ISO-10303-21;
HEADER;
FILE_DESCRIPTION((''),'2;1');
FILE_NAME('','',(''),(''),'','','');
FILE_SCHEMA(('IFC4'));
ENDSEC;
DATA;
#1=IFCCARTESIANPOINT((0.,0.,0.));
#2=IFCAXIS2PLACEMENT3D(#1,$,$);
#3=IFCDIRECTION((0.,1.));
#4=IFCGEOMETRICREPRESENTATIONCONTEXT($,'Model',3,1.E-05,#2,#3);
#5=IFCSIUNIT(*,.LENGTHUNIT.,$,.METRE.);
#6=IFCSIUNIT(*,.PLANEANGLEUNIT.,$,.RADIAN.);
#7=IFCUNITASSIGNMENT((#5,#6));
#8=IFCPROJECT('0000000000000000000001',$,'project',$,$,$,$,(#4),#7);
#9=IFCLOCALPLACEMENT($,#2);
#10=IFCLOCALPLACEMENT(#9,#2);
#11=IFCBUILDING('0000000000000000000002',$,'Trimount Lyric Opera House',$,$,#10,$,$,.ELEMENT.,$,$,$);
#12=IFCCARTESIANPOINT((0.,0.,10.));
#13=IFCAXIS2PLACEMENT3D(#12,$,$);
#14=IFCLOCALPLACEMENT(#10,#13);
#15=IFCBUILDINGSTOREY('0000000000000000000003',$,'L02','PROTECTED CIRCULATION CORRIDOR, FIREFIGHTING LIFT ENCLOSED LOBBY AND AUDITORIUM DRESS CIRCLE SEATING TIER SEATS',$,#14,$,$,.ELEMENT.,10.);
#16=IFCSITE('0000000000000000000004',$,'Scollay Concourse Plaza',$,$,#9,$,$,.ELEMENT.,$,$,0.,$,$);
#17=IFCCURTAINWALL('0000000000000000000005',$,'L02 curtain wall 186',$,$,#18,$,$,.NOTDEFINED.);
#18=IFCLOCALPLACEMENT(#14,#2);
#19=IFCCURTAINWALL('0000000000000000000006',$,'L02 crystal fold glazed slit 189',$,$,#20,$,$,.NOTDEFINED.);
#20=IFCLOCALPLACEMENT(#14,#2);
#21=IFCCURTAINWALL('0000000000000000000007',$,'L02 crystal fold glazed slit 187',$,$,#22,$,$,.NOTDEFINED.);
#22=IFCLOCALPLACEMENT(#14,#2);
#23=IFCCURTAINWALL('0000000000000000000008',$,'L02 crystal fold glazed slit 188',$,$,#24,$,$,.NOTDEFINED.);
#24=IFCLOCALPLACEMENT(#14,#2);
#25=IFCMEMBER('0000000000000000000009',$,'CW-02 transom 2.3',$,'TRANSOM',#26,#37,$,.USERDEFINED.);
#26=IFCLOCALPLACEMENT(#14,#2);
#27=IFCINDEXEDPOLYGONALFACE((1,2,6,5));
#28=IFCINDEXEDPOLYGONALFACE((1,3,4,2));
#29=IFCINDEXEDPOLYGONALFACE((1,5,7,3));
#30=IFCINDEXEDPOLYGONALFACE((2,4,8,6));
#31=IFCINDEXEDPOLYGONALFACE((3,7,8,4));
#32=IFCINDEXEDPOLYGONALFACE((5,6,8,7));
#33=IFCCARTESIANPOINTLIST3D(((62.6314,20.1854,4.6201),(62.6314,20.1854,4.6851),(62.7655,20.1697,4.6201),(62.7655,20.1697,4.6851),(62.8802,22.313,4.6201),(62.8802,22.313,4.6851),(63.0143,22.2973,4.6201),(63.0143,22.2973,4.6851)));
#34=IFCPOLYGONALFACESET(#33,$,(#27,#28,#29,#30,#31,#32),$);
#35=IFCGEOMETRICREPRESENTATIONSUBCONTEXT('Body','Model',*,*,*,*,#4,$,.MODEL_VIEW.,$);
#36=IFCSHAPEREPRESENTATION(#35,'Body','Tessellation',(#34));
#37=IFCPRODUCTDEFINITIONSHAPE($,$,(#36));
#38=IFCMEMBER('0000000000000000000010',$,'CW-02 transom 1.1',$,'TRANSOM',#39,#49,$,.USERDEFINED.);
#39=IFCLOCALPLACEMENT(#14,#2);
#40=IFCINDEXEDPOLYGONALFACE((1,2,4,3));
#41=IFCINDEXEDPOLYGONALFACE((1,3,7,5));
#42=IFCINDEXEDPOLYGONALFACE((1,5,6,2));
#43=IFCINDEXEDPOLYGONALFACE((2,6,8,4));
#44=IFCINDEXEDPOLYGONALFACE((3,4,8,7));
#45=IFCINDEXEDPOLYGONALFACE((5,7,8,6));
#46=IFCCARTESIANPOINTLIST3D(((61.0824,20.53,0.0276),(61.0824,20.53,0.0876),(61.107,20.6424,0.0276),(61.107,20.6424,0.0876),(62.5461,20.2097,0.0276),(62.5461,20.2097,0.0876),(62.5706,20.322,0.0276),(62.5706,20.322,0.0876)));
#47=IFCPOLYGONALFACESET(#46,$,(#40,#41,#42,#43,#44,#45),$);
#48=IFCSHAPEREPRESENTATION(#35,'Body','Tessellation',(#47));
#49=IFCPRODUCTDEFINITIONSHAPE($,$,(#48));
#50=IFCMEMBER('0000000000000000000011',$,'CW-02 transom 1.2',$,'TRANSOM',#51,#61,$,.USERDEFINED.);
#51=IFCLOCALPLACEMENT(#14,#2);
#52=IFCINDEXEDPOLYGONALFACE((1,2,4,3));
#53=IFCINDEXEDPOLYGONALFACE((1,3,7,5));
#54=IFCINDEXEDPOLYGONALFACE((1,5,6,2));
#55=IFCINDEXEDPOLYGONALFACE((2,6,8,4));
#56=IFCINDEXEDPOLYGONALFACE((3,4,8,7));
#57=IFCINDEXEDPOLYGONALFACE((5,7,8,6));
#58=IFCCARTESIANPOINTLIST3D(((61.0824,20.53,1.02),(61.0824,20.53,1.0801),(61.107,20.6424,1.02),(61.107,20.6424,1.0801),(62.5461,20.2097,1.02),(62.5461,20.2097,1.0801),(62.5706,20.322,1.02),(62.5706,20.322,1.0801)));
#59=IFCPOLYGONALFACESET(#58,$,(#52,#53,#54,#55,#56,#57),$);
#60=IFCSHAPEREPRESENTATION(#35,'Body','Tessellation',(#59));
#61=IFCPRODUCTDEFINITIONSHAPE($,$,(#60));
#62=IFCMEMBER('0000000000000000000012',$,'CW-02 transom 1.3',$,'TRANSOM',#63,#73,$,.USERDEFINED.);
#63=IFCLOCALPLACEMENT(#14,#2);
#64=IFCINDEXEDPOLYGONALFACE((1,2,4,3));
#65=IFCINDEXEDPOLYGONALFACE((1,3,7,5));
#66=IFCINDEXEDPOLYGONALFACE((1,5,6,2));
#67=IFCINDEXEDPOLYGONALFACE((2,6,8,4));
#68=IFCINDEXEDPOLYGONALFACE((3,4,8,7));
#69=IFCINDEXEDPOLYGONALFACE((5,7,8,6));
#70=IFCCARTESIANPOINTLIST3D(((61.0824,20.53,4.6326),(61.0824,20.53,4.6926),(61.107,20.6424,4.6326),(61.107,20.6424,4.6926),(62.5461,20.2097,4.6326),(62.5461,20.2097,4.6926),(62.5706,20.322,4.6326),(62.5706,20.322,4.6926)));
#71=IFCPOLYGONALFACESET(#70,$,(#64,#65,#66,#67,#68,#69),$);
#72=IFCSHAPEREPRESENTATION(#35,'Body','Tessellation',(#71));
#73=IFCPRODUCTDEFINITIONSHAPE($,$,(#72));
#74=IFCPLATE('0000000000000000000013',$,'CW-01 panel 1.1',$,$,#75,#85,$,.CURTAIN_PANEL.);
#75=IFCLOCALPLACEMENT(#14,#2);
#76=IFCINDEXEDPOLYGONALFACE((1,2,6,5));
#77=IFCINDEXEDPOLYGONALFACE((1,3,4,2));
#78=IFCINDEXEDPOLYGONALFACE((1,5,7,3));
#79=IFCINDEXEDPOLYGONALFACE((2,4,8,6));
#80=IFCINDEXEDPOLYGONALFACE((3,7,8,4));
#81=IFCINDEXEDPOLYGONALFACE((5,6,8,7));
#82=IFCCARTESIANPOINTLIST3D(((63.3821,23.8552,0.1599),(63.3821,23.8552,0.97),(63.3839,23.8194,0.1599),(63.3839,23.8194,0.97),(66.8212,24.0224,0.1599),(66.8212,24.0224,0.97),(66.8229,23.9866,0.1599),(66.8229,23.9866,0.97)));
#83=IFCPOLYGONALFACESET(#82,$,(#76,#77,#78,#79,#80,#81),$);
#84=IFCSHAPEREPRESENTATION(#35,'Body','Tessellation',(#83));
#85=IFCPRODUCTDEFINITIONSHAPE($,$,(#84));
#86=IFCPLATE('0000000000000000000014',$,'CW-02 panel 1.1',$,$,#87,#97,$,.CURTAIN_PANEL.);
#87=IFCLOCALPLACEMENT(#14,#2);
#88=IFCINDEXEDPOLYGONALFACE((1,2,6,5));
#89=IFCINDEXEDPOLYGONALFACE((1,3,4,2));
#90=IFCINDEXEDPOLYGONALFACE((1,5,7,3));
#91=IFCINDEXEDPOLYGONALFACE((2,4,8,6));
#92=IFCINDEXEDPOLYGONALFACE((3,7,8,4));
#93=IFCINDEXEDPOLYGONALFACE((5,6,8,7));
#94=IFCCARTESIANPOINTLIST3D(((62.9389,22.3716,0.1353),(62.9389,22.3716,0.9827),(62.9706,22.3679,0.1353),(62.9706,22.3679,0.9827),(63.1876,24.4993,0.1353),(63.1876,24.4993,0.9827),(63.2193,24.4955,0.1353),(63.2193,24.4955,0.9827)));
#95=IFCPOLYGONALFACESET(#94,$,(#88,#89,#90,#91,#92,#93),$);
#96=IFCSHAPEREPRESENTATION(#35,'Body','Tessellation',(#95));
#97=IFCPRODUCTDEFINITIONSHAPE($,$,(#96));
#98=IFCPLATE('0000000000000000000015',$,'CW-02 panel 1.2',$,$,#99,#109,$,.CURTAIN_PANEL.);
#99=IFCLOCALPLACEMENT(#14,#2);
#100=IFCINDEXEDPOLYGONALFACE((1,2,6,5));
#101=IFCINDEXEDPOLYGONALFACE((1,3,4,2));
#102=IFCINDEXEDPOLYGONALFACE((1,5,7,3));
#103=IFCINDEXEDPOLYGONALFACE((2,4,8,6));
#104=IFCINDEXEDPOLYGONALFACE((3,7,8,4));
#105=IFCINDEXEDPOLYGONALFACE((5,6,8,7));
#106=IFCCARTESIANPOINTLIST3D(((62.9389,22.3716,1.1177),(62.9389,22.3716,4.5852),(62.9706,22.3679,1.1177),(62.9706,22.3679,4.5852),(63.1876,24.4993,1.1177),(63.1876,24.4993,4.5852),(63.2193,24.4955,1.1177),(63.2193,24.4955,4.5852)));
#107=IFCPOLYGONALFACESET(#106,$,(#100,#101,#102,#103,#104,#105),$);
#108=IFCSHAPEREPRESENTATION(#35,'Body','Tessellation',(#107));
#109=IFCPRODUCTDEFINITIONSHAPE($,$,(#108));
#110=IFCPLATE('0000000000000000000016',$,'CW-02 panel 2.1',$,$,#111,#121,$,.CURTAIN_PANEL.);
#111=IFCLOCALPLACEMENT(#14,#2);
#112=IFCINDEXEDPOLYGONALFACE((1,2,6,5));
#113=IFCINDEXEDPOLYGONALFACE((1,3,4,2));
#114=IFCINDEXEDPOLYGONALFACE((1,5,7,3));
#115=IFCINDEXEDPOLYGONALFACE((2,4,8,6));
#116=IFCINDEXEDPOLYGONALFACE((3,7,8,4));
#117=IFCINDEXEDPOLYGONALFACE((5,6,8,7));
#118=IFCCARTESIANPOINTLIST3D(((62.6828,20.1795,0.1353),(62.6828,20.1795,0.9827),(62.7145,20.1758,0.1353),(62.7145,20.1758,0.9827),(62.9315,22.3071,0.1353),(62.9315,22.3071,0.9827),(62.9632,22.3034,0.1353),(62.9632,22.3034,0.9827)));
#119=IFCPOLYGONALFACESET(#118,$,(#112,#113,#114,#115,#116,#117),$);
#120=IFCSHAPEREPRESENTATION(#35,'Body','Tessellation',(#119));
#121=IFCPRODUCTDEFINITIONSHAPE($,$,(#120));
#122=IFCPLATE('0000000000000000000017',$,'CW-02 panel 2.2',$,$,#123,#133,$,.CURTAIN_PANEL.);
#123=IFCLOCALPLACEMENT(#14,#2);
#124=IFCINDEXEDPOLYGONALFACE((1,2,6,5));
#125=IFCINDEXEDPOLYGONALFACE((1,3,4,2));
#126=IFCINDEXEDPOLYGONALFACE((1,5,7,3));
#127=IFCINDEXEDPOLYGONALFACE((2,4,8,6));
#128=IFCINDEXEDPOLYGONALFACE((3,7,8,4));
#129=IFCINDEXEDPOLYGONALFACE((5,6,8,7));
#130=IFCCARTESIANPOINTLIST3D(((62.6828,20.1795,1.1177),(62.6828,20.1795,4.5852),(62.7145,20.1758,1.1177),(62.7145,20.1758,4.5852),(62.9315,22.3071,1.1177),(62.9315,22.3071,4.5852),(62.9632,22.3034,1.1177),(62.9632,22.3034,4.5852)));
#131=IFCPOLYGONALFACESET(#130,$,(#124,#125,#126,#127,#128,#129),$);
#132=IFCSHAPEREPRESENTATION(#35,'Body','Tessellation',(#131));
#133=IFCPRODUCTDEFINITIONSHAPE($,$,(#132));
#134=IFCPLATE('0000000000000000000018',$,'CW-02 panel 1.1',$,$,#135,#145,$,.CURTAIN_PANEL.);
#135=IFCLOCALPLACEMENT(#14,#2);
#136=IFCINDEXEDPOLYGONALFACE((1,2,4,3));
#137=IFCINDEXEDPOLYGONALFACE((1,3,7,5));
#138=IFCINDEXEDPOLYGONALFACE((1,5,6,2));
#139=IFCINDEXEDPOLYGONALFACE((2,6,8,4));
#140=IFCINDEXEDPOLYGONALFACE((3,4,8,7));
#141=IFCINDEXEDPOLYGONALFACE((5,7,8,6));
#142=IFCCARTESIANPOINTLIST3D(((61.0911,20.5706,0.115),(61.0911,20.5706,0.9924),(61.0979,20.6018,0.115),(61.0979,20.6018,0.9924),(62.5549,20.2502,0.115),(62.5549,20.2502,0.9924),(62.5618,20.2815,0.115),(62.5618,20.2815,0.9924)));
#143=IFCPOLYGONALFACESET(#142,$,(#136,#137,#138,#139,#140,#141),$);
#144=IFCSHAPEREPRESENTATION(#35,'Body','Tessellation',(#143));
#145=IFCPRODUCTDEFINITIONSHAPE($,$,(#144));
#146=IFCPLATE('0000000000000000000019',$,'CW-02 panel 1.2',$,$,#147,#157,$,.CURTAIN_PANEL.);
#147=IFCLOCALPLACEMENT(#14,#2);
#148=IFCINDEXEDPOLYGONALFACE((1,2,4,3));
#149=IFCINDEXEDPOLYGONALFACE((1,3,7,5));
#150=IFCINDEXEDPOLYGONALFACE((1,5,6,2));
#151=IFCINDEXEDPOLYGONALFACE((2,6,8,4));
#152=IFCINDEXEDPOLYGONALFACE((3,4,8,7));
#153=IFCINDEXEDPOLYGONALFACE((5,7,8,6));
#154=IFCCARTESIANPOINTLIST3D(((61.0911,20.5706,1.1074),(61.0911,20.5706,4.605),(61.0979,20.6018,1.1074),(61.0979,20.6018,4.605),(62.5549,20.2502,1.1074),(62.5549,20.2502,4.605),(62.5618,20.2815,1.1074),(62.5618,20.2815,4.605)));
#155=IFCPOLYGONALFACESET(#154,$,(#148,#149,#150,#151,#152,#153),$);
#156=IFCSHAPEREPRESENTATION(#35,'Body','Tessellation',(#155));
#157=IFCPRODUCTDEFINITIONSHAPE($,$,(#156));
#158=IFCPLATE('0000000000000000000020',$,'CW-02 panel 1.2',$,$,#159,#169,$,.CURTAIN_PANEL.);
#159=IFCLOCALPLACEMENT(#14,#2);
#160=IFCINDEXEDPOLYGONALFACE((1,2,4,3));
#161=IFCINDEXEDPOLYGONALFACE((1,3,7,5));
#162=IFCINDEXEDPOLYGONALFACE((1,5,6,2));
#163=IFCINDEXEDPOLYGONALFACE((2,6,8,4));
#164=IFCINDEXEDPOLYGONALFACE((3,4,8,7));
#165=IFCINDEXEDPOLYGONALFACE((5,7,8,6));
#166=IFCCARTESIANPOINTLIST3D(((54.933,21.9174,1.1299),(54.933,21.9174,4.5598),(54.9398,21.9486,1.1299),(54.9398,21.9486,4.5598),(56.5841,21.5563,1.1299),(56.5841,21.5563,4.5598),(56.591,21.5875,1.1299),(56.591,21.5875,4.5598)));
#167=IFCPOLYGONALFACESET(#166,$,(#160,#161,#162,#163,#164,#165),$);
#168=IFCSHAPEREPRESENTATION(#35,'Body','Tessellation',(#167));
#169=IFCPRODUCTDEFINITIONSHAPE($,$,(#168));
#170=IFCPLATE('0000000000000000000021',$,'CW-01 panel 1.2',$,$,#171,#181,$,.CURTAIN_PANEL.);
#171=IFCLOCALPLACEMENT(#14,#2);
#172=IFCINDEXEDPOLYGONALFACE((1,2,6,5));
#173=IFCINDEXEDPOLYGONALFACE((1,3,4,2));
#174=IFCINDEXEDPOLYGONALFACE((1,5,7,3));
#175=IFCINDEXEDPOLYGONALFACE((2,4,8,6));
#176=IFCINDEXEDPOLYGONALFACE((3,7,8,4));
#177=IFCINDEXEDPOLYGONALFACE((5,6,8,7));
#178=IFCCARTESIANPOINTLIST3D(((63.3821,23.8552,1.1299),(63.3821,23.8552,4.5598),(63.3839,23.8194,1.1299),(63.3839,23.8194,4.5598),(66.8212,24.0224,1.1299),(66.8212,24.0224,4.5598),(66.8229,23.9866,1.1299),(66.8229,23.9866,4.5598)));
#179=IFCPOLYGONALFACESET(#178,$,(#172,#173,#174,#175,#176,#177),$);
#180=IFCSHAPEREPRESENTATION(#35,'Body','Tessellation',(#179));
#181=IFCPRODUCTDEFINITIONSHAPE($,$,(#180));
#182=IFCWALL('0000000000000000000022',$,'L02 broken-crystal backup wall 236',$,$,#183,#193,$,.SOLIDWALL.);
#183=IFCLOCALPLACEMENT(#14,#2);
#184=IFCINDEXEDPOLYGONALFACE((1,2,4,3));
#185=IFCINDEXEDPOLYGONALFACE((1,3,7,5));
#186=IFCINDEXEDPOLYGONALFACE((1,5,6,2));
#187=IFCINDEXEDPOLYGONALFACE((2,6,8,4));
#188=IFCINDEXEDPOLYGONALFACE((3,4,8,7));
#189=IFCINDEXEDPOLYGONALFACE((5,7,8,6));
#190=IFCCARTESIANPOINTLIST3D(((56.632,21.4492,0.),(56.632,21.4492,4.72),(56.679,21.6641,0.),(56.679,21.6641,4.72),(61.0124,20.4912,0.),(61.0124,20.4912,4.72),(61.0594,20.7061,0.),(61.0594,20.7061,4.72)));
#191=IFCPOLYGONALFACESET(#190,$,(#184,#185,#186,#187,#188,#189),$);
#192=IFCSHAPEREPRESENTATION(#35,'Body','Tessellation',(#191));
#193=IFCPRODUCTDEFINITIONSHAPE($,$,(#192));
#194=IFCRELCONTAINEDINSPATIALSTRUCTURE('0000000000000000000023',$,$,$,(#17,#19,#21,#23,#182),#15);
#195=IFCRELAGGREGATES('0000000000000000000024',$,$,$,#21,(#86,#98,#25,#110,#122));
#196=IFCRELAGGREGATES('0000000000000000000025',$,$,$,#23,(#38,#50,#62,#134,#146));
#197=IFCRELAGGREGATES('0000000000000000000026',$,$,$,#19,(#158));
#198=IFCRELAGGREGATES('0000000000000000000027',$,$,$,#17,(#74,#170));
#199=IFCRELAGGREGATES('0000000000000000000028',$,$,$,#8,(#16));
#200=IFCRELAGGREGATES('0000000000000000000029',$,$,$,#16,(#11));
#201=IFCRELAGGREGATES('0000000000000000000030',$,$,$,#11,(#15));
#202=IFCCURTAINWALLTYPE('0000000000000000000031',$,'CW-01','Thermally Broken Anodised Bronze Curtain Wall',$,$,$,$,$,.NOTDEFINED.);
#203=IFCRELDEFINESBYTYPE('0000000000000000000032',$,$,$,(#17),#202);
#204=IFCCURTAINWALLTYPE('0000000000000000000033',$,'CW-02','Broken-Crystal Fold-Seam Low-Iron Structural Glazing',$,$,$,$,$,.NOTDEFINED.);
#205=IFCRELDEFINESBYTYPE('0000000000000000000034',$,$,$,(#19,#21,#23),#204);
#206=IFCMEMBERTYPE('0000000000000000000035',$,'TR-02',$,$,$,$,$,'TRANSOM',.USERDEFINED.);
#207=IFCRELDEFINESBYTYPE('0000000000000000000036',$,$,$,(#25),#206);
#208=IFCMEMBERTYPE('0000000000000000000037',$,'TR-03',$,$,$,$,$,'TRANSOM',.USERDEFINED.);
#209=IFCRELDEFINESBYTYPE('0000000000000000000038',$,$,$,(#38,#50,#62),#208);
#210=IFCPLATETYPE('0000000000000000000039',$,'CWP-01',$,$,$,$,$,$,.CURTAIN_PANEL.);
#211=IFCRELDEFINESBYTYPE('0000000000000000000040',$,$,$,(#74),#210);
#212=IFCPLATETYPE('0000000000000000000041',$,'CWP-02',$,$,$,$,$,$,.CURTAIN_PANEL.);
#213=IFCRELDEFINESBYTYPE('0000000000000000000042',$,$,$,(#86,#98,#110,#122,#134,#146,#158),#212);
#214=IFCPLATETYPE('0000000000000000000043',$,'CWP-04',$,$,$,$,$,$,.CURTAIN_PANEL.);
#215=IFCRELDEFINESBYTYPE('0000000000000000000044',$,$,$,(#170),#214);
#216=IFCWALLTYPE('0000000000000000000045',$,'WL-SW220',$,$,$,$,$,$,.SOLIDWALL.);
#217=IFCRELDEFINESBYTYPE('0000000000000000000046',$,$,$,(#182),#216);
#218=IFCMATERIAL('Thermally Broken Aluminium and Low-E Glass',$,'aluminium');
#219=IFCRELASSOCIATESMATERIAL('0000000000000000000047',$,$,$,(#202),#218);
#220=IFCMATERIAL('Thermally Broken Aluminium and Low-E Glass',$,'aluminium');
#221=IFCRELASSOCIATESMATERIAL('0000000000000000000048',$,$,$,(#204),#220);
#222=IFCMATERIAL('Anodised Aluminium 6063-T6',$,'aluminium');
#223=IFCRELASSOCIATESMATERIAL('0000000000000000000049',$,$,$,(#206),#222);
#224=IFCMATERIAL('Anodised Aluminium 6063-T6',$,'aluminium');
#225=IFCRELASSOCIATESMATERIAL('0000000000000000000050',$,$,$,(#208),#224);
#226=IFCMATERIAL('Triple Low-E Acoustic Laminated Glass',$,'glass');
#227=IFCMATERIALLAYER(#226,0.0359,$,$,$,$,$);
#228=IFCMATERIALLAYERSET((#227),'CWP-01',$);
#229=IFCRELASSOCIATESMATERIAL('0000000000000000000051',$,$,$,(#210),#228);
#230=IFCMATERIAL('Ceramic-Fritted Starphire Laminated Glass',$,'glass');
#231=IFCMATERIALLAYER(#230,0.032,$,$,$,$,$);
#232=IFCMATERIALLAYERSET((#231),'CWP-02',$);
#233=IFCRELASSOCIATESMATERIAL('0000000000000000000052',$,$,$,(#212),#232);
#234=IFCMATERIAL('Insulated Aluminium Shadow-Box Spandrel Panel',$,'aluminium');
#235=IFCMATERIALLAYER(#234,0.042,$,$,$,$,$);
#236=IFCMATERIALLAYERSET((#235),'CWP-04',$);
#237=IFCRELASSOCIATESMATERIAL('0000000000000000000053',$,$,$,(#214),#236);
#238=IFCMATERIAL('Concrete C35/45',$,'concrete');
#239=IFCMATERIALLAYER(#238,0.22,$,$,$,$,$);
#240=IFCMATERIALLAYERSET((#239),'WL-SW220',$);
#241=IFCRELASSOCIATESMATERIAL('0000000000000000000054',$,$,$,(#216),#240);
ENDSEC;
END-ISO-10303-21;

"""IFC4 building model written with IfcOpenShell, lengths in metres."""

from ifc_helpers import new_model, si_unit, direction, frame, frame_2d, origin, origin_2d, place, context, subcontext, project, spatial, rectangle, extrude, material, layer, layer_set, material_profile, profile_set, type_object, element, aggregate, save


model = new_model("IFC4")

# Units and contexts
model_context = context("Model", 3, precision=1e-05, world=origin(), true_north=direction((0.0, 1.0)))
body_context = subcontext(model_context, "Body", "Model", "MODEL_VIEW")
ifc_project = project(units=[si_unit("LENGTHUNIT", "METRE"), si_unit("PLANEANGLEUNIT", "RADIAN")], contexts=[model_context])

# Site, building, storey
site_placement = place(None, origin())
site = spatial("IfcSite", under=ifc_project, at=site_placement, Name="Scollay Concourse Plaza", CompositionType="ELEMENT", RefElevation=0.0)
building_placement = place(site_placement, origin())
building = spatial("IfcBuilding", under=site, at=building_placement, Name="Trimount Lyric Opera House", CompositionType="ELEMENT")
storey_placement = place(building_placement, frame((0.0, 0.0, 10.0)))
storey = spatial("IfcBuildingStorey", under=building, at=storey_placement, Name="L02", Description="PROTECTED CIRCULATION CORRIDOR, FIREFIGHTING LIFT ENCLOSED LOBBY AND AUDITORIUM DRESS CIRCLE SEATING TIER SEATS", CompositionType="ELEMENT", Elevation=10.0)

# Curtain walls
ifc_material_1 = material(Name="Thermally Broken Aluminium and Low-E Glass", Category="aluminium")
curtain_wall_type_1 = type_object("IfcCurtainWallType", Name="CW-01", Description="Thermally Broken Anodised Bronze Curtain Wall", PredefinedType="NOTDEFINED", material=ifc_material_1)
curtain_wall_1_placement = place(storey_placement, origin())
curtain_wall_1 = element("IfcCurtainWall", 1, at=curtain_wall_1_placement, inside=storey, type_object=curtain_wall_type_1, Name="L02 curtain wall 186", PredefinedType="NOTDEFINED")
ifc_material_2 = material(Name="Thermally Broken Aluminium and Low-E Glass", Category="aluminium")
curtain_wall_type_2 = type_object("IfcCurtainWallType", Name="CW-02", Description="Broken-Crystal Fold-Seam Low-Iron Structural Glazing", PredefinedType="NOTDEFINED", material=ifc_material_2)
curtain_wall_2_placement = place(storey_placement, origin())
curtain_wall_2 = element("IfcCurtainWall", 2, at=curtain_wall_2_placement, inside=storey, type_object=curtain_wall_type_2, Name="L02 crystal fold glazed slit 189", PredefinedType="NOTDEFINED")

# Curtain walls
curtain_wall_3_placement = place(storey_placement, origin())
curtain_wall_3 = element("IfcCurtainWall", 3, at=curtain_wall_3_placement, inside=storey, type_object=curtain_wall_type_2, Name="L02 crystal fold glazed slit 187", PredefinedType="NOTDEFINED")
curtain_wall_4_placement = place(storey_placement, origin())
curtain_wall_4 = element("IfcCurtainWall", 4, at=curtain_wall_4_placement, inside=storey, type_object=curtain_wall_type_2, Name="L02 crystal fold glazed slit 188", PredefinedType="NOTDEFINED")

# Members
ifc_material_3 = material(Name="Anodised Aluminium 6063-T6", Category="aluminium")
ifc_material_profile_1 = material_profile(ifc_material_3, rectangle(XDim=0.135, YDim=0.0649, at=origin_2d()), Name="ALU-TRAN-65X135")
ifc_profile_set_1 = profile_set([ifc_material_profile_1], Name="Anodised Aluminium 6063-T6")
member_type_1 = type_object("IfcMemberType", Name="TR-02", ElementType="TRANSOM", PredefinedType="USERDEFINED", material=ifc_profile_set_1)
member_1_placement = place(storey_placement, frame((62.9473, 22.3052, 4.6526), z_axis=(-0.116134, -0.993234, 0.0), x_axis=(0.993234, -0.116134, 0.0)))
member_1 = element("IfcMember", 5, at=member_1_placement, type_object=member_type_1, Name="CW-02 transom 2.3", ObjectType="TRANSOM", PredefinedType="USERDEFINED", context=body_context, shape_type="SweptSolid", body=[
    extrude(rectangle(XDim=0.135, YDim=0.0649, at=origin_2d()), origin(), (0.0, 0.0, 1.0), 2.1421),
])
ifc_material_4 = material(Name="Anodised Aluminium 6063-T6", Category="aluminium")
ifc_material_profile_2 = material_profile(ifc_material_4, rectangle(XDim=0.115, YDim=0.0601, at=origin_2d()), Name="ALU-TRAN-60X115")
ifc_profile_set_2 = profile_set([ifc_material_profile_2], Name="Anodised Aluminium 6063-T6")
member_type_2 = type_object("IfcMemberType", Name="TR-03", ElementType="TRANSOM", PredefinedType="USERDEFINED", material=ifc_profile_set_2)
member_2_placement = place(storey_placement, frame((62.5583, 20.2659, 0.0576), z_axis=(-0.97688, 0.213789, 0.0), x_axis=(-0.213789, -0.97688, 0.0)))
member_2 = element("IfcMember", 6, at=member_2_placement, type_object=member_type_2, Name="CW-02 transom 1.1", ObjectType="TRANSOM", PredefinedType="USERDEFINED", context=body_context, shape_type="SweptSolid", body=[
    extrude(rectangle(XDim=0.115, YDim=0.0601, at=origin_2d()), origin(), (0.0, 0.0, 1.0), 1.4983),
])
member_3_placement = place(storey_placement, frame((62.5583, 20.2659, 1.05), z_axis=(-0.97688, 0.213789, 0.0), x_axis=(-0.213789, -0.97688, 0.0)))
member_3 = element("IfcMember", 7, at=member_3_placement, type_object=member_type_2, Name="CW-02 transom 1.2", ObjectType="TRANSOM", PredefinedType="USERDEFINED", context=body_context, shape_type="SweptSolid", body=[
    extrude(rectangle(XDim=0.115, YDim=0.0601, at=origin_2d()), origin(), (0.0, 0.0, 1.0), 1.4983),
])
member_4_placement = place(storey_placement, frame((62.5583, 20.2659, 4.6626), z_axis=(-0.97688, 0.213789, 0.0), x_axis=(-0.213789, -0.97688, 0.0)))
member_4 = element("IfcMember", 8, at=member_4_placement, type_object=member_type_2, Name="CW-02 transom 1.3", ObjectType="TRANSOM", PredefinedType="USERDEFINED", context=body_context, shape_type="SweptSolid", body=[
    extrude(rectangle(XDim=0.115, YDim=0.0601, at=origin_2d()), origin(), (0.0, 0.0, 1.0), 1.4983),
])

# Plates
ifc_material_5 = material(Name="Triple Low-E Acoustic Laminated Glass", Category="glass")
ifc_layer_1 = layer(ifc_material_5, 0.0359)
ifc_layer_set_1 = layer_set([ifc_layer_1], Name="CWP-01")
plate_type_1 = type_object("IfcPlateType", Name="CWP-01", PredefinedType="CURTAIN_PANEL", material=ifc_layer_set_1)
plate_1_placement = place(storey_placement, frame((65.1025, 23.9209, 0.1599), z_axis=(0.0, 0.0, 1.0), x_axis=(-0.99882, -0.04856, 0.0)))
plate_1 = element("IfcPlate", 9, at=plate_1_placement, type_object=plate_type_1, Name="CW-01 panel 1.1", PredefinedType="CURTAIN_PANEL", context=body_context, shape_type="SweptSolid", body=[
    extrude(rectangle(XDim=3.4431, YDim=0.0359, at=origin_2d()), origin(), (0.0, 0.0, 1.0), 0.8101),
])
ifc_material_6 = material(Name="Ceramic-Fritted Starphire Laminated Glass", Category="glass")
ifc_layer_2 = layer(ifc_material_6, 0.032)
ifc_layer_set_2 = layer_set([ifc_layer_2], Name="CWP-02")
plate_type_2 = type_object("IfcPlateType", Name="CWP-02", PredefinedType="CURTAIN_PANEL", material=ifc_layer_set_2)
plate_2_placement = place(storey_placement, frame((63.0791, 23.4336, 0.1353), z_axis=(0.0, 0.0, 1.0), x_axis=(-0.11609, -0.993239, 0.0)))
plate_2 = element("IfcPlate", 10, at=plate_2_placement, type_object=plate_type_2, Name="CW-02 panel 1.1", PredefinedType="CURTAIN_PANEL", context=body_context, shape_type="SweptSolid", body=[
    extrude(rectangle(XDim=2.1421, YDim=0.032, at=origin_2d()), origin(), (0.0, 0.0, 1.0), 0.8474),
])
plate_3_placement = place(storey_placement, frame((63.0791, 23.4336, 1.1177), z_axis=(0.0, 0.0, 1.0), x_axis=(-0.11609, -0.993239, 0.0)))
plate_3 = element("IfcPlate", 11, at=plate_3_placement, type_object=plate_type_2, Name="CW-02 panel 1.2", PredefinedType="CURTAIN_PANEL", context=body_context, shape_type="SweptSolid", body=[
    extrude(rectangle(XDim=2.1421, YDim=0.032, at=origin_2d()), origin(), (0.0, 0.0, 1.0), 3.4675),
])
plate_4_placement = place(storey_placement, frame((62.823, 21.2415, 0.1353), z_axis=(0.0, 0.0, 1.0), x_axis=(-0.11609, -0.993239, 0.0)))
plate_4 = element("IfcPlate", 12, at=plate_4_placement, type_object=plate_type_2, Name="CW-02 panel 2.1", PredefinedType="CURTAIN_PANEL", context=body_context, shape_type="SweptSolid", body=[
    extrude(rectangle(XDim=2.1421, YDim=0.032, at=origin_2d()), origin(), (0.0, 0.0, 1.0), 0.8474),
])
plate_5_placement = place(storey_placement, frame((62.823, 21.2415, 1.1177), z_axis=(0.0, 0.0, 1.0), x_axis=(-0.11609, -0.993239, 0.0)))
plate_5 = element("IfcPlate", 13, at=plate_5_placement, type_object=plate_type_2, Name="CW-02 panel 2.2", PredefinedType="CURTAIN_PANEL", context=body_context, shape_type="SweptSolid", body=[
    extrude(rectangle(XDim=2.1421, YDim=0.032, at=origin_2d()), origin(), (0.0, 0.0, 1.0), 3.4675),
])
aggregate(curtain_wall_3, [plate_2, plate_3, member_1, plate_4, plate_5])
plate_6_placement = place(storey_placement, frame((61.8264, 20.426, 0.115), z_axis=(0.0, 0.0, 1.0), x_axis=(-0.97688, 0.213789, 0.0)))
plate_6 = element("IfcPlate", 14, at=plate_6_placement, type_object=plate_type_2, Name="CW-02 panel 1.1", PredefinedType="CURTAIN_PANEL", context=body_context, shape_type="SweptSolid", body=[
    extrude(rectangle(XDim=1.4985, YDim=0.032, at=origin_2d()), origin(), (0.0, 0.0, 1.0), 0.8774),
])
plate_7_placement = place(storey_placement, frame((61.8264, 20.426, 1.1074), z_axis=(0.0, 0.0, 1.0), x_axis=(-0.97688, 0.213789, 0.0)))
plate_7 = element("IfcPlate", 15, at=plate_7_placement, type_object=plate_type_2, Name="CW-02 panel 1.2", PredefinedType="CURTAIN_PANEL", context=body_context, shape_type="SweptSolid", body=[
    extrude(rectangle(XDim=1.4985, YDim=0.032, at=origin_2d()), origin(), (0.0, 0.0, 1.0), 3.4976),
])
aggregate(curtain_wall_4, [member_2, member_3, member_4, plate_6, plate_7])
plate_8_placement = place(storey_placement, frame((55.762, 21.7524, 1.1299), z_axis=(0.0, 0.0, 1.0), x_axis=(-0.976914, 0.213632, 0.0)))
plate_8 = element("IfcPlate", 16, at=plate_8_placement, type_object=plate_type_2, Name="CW-02 panel 1.2", PredefinedType="CURTAIN_PANEL", context=body_context, shape_type="SweptSolid", body=[
    extrude(rectangle(XDim=1.6902, YDim=0.032, at=origin_2d()), origin(), (0.0, 0.0, 1.0), 3.4299),
])
aggregate(curtain_wall_2, [plate_8])
ifc_material_7 = material(Name="Insulated Aluminium Shadow-Box Spandrel Panel", Category="aluminium")
ifc_layer_3 = layer(ifc_material_7, 0.042)
ifc_layer_set_3 = layer_set([ifc_layer_3], Name="CWP-04")
plate_type_3 = type_object("IfcPlateType", Name="CWP-04", PredefinedType="CURTAIN_PANEL", material=ifc_layer_set_3)
plate_9_placement = place(storey_placement, frame((65.1025, 23.9209, 1.1299), z_axis=(0.0, 0.0, 1.0), x_axis=(-0.99882, -0.04856, 0.0)))
plate_9 = element("IfcPlate", 17, at=plate_9_placement, type_object=plate_type_3, Name="CW-01 panel 1.2", PredefinedType="CURTAIN_PANEL", context=body_context, shape_type="SweptSolid", body=[
    extrude(rectangle(XDim=3.4431, YDim=0.0359, at=origin_2d()), origin(), (0.0, 0.0, 1.0), 3.4299),
])
aggregate(curtain_wall_1, [plate_1, plate_9])

# Wall
ifc_material_8 = material(Name="Concrete C35/45", Category="concrete")
ifc_layer_4 = layer(ifc_material_8, 0.22)
ifc_layer_set_4 = layer_set([ifc_layer_4], Name="WL-SW220")
wall_type = type_object("IfcWallType", Name="WL-SW220", PredefinedType="SOLIDWALL", material=ifc_layer_set_4)
wall_placement = place(storey_placement, frame((61.0359, 20.5986, 0.0), z_axis=(0.0, 0.0, 1.0), x_axis=(-0.976909, 0.213655, 0.0)))
element("IfcWall", 18, at=wall_placement, inside=storey, type_object=wall_type, Name="L02 broken-crystal backup wall 236", PredefinedType="SOLIDWALL", context=body_context, shape_type="SweptSolid", body=[
    extrude(rectangle(XDim=4.4839, YDim=0.22, at=frame_2d((2.2419, 0.0))), origin(), (0.0, 0.0, 1.0), 4.72),
])

save(model, "model.ifc")
